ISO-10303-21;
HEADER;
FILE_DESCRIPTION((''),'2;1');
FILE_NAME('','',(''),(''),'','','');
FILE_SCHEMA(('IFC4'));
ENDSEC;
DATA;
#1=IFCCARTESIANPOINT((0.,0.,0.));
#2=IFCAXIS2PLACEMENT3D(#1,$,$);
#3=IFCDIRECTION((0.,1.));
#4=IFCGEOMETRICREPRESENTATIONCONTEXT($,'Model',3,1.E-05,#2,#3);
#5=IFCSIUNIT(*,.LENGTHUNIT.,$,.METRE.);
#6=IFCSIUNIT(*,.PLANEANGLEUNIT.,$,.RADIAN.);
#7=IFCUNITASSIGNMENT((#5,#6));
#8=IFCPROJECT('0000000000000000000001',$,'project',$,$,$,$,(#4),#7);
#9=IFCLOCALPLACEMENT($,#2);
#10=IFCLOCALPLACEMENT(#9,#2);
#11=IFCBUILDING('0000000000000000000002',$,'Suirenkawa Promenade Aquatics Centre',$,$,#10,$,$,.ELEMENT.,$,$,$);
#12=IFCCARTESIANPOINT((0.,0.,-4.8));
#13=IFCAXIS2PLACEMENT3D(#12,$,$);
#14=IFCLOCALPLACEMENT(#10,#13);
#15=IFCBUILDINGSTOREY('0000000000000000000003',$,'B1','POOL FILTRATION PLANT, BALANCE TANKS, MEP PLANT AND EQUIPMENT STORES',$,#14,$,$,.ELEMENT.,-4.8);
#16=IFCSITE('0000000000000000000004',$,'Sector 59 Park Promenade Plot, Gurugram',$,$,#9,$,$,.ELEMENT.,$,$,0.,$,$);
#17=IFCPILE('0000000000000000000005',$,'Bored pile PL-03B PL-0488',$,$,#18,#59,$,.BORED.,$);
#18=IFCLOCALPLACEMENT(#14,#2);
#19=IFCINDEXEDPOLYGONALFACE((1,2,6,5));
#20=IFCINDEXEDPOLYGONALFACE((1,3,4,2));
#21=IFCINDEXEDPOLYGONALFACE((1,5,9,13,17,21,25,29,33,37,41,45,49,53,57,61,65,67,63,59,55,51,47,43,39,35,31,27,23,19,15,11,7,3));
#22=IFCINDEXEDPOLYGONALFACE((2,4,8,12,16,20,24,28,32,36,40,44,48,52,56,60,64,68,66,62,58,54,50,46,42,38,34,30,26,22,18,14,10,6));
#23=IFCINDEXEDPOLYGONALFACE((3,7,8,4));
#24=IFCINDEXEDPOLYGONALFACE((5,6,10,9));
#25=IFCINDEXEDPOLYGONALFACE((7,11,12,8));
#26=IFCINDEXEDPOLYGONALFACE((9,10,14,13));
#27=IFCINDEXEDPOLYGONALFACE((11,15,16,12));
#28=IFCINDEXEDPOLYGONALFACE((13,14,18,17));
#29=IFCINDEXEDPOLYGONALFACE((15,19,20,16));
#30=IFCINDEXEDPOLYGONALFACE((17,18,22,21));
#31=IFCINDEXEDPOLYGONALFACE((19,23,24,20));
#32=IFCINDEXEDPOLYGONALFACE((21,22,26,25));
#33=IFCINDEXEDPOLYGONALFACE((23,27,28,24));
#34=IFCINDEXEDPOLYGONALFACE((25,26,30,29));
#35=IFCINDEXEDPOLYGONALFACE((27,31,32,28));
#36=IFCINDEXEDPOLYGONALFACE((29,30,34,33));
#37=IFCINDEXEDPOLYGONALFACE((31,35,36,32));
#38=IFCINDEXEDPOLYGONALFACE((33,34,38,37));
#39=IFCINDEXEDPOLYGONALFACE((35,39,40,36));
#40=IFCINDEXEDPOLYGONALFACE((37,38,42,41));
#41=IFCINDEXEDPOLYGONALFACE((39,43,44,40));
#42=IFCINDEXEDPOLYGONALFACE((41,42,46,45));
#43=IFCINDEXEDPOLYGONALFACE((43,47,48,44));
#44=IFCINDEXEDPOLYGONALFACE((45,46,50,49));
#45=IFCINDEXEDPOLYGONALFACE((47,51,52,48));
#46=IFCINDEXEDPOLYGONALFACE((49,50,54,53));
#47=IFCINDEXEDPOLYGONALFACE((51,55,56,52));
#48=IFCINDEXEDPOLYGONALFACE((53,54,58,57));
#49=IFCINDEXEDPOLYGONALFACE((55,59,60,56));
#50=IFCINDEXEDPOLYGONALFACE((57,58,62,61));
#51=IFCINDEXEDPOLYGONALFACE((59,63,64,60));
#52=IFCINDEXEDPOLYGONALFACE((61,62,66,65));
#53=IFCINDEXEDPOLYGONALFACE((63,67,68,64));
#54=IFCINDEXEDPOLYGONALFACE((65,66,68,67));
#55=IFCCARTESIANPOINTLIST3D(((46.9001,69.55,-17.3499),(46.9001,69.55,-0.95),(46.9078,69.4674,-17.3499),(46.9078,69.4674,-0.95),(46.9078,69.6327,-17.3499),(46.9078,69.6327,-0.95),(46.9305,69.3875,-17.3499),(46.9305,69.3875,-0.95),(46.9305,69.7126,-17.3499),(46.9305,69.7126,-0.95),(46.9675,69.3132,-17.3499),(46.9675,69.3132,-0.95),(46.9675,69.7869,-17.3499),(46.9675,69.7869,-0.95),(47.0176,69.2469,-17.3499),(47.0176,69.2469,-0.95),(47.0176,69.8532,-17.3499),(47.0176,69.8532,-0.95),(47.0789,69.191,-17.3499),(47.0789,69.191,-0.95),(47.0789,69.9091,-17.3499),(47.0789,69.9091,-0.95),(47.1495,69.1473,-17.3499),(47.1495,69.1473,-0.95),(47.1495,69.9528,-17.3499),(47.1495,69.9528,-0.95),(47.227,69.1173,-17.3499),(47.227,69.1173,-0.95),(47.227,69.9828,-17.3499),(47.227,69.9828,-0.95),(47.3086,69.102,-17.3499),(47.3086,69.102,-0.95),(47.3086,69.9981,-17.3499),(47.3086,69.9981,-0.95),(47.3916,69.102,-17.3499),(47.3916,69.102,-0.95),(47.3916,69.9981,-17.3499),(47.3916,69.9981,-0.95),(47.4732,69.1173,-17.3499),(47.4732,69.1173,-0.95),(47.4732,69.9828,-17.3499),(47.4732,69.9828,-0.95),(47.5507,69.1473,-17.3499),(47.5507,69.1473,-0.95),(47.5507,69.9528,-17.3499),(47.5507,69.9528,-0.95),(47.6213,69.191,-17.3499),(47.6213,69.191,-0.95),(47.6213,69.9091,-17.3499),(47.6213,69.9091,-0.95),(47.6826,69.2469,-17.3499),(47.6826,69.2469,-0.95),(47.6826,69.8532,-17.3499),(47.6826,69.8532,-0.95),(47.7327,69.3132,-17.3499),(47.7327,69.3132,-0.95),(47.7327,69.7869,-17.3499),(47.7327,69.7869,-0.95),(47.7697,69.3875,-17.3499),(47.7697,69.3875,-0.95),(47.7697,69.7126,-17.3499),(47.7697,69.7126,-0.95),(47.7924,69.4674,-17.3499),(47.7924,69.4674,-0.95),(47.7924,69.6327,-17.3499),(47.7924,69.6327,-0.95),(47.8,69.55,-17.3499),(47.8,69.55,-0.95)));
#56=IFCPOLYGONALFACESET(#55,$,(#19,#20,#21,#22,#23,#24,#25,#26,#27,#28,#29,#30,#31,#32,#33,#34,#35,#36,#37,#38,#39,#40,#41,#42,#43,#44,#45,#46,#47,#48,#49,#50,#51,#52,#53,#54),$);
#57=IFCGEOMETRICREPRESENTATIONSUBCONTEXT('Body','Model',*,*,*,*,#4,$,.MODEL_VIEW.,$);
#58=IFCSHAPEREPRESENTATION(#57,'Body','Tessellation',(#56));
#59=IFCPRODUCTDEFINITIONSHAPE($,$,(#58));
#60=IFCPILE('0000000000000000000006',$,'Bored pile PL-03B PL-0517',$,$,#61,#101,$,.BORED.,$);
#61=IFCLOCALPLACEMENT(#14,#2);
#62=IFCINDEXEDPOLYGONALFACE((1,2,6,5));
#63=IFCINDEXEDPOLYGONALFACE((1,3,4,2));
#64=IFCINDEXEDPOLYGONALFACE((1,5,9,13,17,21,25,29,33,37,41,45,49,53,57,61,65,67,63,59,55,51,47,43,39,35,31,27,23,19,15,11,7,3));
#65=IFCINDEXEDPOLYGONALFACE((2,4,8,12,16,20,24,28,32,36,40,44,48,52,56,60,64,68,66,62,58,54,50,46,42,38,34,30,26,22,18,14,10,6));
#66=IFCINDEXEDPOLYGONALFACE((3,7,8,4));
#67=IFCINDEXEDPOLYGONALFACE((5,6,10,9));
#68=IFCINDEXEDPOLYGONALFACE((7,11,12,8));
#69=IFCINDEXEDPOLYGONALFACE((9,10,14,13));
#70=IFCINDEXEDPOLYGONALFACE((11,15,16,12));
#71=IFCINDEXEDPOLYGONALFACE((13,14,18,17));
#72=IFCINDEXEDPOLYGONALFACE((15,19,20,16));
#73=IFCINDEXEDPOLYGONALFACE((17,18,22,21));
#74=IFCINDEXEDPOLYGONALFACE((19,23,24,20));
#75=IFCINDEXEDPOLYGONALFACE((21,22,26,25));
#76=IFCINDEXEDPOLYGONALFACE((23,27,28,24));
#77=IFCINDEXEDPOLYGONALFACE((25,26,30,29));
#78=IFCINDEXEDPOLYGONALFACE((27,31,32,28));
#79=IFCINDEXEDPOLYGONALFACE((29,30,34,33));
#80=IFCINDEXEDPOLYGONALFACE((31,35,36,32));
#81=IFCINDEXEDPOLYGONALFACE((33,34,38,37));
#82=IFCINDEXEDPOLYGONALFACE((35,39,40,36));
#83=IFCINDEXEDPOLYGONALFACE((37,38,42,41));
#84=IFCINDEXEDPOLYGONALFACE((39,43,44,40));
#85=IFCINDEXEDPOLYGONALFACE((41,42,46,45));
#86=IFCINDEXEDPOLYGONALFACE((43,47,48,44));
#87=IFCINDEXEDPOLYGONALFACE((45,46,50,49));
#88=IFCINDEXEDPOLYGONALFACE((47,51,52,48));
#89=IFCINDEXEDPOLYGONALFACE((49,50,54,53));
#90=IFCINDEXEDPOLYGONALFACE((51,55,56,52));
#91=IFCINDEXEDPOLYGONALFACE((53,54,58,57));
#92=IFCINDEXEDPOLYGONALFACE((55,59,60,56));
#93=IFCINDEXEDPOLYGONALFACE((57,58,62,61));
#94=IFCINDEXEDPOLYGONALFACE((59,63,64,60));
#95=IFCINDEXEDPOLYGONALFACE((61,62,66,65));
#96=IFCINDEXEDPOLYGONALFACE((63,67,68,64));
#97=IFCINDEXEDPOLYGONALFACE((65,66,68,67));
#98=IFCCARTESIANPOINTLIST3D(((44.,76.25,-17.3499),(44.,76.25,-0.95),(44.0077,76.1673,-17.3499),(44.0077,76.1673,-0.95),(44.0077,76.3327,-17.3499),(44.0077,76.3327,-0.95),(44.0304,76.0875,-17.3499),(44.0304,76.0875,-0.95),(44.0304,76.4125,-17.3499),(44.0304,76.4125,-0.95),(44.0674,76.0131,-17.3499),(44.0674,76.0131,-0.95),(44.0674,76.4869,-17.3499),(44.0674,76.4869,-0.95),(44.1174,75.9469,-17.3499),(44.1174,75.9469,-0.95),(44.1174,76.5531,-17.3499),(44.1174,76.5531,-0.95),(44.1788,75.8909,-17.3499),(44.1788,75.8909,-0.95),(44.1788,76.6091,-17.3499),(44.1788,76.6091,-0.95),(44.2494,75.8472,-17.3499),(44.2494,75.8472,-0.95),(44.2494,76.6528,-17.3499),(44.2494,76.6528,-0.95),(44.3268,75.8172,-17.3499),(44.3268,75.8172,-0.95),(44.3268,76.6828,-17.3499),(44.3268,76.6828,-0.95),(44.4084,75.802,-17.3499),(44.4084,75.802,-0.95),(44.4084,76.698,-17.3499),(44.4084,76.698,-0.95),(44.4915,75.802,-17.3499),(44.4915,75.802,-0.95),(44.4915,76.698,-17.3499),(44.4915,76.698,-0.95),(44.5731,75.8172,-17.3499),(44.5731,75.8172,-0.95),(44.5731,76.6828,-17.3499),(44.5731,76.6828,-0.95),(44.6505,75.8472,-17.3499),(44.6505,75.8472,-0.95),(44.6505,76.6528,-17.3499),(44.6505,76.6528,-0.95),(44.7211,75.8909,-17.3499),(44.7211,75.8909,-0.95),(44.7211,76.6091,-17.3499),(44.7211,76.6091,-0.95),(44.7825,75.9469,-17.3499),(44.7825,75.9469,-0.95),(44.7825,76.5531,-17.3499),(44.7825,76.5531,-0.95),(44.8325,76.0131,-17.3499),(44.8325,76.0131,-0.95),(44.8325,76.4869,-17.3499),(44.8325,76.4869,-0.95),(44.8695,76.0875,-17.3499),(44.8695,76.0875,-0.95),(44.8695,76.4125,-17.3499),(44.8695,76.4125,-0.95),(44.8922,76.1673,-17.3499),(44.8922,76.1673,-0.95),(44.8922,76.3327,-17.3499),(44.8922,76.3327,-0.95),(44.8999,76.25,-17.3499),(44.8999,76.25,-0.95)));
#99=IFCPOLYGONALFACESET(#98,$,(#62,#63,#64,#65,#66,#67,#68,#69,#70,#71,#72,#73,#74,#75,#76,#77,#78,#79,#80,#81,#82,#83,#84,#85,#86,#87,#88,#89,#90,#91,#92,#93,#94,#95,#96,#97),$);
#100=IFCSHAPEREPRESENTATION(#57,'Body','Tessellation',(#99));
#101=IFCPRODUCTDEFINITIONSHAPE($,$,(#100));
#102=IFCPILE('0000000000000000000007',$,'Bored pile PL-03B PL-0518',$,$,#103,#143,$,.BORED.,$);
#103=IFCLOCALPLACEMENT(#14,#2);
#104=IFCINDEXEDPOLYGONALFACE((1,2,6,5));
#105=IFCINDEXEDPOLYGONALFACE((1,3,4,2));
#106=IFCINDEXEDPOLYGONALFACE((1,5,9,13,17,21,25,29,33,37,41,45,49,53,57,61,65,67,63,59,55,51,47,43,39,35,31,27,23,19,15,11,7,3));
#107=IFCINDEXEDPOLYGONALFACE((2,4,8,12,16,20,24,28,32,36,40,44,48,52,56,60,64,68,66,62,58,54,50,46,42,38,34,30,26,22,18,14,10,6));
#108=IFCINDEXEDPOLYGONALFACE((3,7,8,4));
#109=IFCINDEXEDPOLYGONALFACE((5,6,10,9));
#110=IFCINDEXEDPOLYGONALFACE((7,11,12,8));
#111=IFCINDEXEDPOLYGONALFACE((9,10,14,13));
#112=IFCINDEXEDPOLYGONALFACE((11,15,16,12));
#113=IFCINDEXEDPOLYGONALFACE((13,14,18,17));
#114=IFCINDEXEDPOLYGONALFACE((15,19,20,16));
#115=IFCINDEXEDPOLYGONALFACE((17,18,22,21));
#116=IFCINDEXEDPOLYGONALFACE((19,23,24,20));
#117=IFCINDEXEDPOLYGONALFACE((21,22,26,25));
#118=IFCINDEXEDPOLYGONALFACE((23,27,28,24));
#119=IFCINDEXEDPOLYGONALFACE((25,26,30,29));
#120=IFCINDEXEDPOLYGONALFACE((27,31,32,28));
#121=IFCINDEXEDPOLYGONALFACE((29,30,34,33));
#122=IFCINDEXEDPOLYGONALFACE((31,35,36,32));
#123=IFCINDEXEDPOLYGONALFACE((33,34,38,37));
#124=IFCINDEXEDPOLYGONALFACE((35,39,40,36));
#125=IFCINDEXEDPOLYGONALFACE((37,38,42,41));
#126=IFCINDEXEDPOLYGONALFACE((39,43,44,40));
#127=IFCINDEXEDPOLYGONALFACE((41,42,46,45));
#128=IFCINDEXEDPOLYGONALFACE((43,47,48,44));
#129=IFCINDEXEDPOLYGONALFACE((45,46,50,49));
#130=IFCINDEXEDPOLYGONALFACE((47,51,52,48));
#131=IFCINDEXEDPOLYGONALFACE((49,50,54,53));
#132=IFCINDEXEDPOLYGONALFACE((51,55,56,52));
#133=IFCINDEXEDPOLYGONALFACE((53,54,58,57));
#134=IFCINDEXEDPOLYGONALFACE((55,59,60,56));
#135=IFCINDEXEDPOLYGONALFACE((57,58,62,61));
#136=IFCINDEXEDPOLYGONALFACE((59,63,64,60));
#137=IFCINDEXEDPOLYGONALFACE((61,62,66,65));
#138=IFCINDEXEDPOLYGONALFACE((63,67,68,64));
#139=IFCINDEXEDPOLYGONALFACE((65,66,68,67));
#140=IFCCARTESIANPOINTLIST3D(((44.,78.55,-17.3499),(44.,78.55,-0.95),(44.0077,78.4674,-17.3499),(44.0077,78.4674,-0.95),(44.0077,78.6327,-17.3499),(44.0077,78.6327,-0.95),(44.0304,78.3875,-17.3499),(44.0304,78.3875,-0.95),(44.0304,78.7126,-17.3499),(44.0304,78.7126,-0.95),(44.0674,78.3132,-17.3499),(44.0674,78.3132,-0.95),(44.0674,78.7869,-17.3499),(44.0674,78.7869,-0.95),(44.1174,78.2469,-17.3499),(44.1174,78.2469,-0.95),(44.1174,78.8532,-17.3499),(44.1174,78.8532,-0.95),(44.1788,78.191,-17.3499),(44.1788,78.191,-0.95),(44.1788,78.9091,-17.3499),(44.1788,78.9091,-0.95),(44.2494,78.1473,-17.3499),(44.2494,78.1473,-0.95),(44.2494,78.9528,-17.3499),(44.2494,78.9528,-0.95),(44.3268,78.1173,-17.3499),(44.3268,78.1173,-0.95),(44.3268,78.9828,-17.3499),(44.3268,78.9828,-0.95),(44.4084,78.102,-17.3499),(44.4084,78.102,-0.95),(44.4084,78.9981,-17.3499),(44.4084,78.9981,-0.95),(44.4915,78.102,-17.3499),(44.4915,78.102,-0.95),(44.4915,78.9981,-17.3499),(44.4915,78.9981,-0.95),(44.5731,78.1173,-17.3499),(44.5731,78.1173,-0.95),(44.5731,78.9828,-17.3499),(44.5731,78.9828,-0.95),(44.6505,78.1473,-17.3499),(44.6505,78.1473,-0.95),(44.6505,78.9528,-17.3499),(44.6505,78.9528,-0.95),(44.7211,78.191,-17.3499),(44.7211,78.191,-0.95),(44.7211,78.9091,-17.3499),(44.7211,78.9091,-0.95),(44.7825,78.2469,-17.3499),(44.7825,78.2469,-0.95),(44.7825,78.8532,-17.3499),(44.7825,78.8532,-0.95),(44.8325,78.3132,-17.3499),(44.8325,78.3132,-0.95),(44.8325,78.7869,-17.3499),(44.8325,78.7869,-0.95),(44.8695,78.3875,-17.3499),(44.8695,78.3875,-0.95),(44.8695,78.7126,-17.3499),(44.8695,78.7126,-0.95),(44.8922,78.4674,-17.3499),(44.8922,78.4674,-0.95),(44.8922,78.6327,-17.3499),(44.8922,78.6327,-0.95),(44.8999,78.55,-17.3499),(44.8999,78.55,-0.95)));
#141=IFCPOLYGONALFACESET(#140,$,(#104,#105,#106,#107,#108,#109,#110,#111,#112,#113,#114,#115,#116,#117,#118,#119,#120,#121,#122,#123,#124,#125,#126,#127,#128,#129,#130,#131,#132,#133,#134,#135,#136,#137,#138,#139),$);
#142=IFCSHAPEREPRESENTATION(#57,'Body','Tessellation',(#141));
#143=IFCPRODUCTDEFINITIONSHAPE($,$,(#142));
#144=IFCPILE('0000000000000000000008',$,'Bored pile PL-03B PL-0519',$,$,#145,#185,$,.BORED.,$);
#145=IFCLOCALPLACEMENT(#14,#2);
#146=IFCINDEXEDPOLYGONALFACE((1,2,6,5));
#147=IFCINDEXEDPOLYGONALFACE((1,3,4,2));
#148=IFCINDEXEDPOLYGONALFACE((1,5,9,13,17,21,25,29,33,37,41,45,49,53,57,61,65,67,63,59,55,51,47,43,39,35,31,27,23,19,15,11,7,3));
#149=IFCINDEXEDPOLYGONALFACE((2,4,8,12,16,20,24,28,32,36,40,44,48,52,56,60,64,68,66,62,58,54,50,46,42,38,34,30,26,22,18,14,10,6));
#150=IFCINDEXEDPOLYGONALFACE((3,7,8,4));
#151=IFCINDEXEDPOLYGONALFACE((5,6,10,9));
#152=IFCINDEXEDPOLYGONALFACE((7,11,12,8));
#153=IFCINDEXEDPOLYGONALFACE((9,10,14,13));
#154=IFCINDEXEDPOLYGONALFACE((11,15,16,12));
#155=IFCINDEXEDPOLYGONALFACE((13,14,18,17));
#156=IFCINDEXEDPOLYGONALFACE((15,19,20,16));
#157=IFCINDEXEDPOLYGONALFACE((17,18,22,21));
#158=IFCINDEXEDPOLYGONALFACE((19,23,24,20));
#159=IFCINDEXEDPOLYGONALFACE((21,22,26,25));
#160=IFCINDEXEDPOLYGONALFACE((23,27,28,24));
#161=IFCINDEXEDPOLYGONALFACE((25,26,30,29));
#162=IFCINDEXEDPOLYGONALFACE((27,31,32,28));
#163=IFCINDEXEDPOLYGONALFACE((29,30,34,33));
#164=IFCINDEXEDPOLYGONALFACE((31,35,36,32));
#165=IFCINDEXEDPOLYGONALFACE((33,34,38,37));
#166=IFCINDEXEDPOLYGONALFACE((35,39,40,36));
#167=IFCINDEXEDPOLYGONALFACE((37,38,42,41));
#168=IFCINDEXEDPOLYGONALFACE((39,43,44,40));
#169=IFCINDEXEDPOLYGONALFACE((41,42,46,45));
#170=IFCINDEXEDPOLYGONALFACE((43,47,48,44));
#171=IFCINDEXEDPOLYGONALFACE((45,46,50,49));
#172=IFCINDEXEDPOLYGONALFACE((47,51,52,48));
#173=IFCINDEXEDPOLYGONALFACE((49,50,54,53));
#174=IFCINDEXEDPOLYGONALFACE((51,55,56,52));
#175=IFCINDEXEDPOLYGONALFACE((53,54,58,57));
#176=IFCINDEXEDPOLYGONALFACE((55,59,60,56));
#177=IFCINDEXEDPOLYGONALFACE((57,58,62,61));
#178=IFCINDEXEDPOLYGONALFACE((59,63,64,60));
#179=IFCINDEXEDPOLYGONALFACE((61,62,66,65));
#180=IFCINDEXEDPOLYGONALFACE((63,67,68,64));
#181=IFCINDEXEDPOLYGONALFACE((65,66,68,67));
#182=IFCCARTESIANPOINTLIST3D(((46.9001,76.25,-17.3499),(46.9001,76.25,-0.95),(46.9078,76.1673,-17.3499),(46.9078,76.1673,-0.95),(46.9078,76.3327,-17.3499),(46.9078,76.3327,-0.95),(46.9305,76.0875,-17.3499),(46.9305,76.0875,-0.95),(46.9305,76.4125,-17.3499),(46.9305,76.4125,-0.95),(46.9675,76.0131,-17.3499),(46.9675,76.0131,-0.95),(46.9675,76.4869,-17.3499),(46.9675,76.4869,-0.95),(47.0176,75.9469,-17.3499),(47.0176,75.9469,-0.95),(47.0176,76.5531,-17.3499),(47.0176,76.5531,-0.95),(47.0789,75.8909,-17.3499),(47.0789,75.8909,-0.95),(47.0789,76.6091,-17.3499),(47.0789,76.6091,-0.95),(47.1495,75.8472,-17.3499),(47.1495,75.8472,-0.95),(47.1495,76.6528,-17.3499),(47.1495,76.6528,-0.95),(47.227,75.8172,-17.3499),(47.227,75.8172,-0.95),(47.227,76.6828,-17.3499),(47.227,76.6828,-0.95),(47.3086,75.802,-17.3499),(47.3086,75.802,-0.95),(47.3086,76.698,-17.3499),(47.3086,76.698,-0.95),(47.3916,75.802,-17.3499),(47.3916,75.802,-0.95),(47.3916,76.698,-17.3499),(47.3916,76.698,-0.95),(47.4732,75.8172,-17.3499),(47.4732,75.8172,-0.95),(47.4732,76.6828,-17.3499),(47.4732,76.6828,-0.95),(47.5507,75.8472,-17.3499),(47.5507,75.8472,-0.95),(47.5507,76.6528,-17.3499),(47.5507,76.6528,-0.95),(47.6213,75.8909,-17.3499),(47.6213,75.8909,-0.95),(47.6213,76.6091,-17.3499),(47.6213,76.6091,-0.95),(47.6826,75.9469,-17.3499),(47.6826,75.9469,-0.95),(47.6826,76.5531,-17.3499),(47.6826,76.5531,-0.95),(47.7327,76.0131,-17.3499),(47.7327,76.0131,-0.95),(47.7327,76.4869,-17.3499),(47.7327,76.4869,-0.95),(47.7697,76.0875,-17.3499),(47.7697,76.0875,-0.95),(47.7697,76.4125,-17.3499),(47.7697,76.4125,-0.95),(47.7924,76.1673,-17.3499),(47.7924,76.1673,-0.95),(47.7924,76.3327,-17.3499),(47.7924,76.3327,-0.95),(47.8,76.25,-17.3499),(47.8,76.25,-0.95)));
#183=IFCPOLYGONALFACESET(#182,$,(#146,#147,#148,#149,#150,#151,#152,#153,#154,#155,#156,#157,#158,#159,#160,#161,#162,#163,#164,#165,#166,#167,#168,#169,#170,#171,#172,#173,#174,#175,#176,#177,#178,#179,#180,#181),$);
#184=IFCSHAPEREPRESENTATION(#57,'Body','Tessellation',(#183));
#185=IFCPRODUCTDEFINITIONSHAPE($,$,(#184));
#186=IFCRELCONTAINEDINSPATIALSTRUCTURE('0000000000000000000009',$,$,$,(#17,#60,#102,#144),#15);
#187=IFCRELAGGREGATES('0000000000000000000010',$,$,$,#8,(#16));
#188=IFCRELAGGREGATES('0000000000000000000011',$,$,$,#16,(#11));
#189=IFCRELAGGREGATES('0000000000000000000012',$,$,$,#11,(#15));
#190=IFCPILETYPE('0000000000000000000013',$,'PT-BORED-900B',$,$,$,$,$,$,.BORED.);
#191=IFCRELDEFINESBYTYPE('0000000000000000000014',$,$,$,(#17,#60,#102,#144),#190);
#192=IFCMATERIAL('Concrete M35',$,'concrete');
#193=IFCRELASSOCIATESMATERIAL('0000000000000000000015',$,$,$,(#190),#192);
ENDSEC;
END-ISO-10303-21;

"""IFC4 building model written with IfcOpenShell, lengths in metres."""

from ifc_helpers import new_model, si_unit, direction, frame, origin, origin_2d, place, context, subcontext, project, spatial, circle, extrude, material, material_profile, profile_set, type_object, element, save


model = new_model("IFC4")

# Units and contexts
model_context = context("Model", 3, precision=1e-05, world=origin(), true_north=direction((0.0, 1.0)))
body_context = subcontext(model_context, "Body", "Model", "MODEL_VIEW")
ifc_project = project(units=[si_unit("LENGTHUNIT", "METRE"), si_unit("PLANEANGLEUNIT", "RADIAN")], contexts=[model_context])

# Site, building, storey
site_placement = place(None, origin())
site = spatial("IfcSite", under=ifc_project, at=site_placement, Name="Sector 59 Park Promenade Plot, Gurugram", CompositionType="ELEMENT", RefElevation=0.0)
building_placement = place(site_placement, origin())
building = spatial("IfcBuilding", under=site, at=building_placement, Name="Suirenkawa Promenade Aquatics Centre", CompositionType="ELEMENT")
storey_placement = place(building_placement, frame((0.0, 0.0, -4.8)))
storey = spatial("IfcBuildingStorey", under=building, at=storey_placement, Name="B1", Description="POOL FILTRATION PLANT, BALANCE TANKS, MEP PLANT AND EQUIPMENT STORES", CompositionType="ELEMENT", Elevation=-4.8)

# Shared definitions
ifc_material_1 = material(Name="Concrete M35", Category="concrete")

# Piles
ifc_material_profile_1 = material_profile(ifc_material_1, circle(Radius=0.45, at=origin_2d()), Name="PILE D900", Category="concrete")
ifc_profile_set_1 = profile_set([ifc_material_profile_1], Name="Concrete M35")
pile_type_1 = type_object("IfcPileType", Name="PT-BORED-900B", PredefinedType="BORED", material=ifc_profile_set_1)
for number, where, z_axis, x_axis, name in (
    (1, (47.3501, 69.55, -0.95), (0.0, 0.0, -1.0), (1.0, 0.0, 0.0), "Bored pile PL-03B PL-0488"),
    (2, (44.45, 76.25, -0.95), (0.0, 0.0, -1.0), (1.0, 0.0, 0.0), "Bored pile PL-03B PL-0517"),
    (3, (44.45, 78.55, -0.95), (0.0, 0.0, -1.0), (1.0, 0.0, 0.0), "Bored pile PL-03B PL-0518"),
    (4, (47.3501, 76.25, -0.95), (0.0, 0.0, -1.0), (1.0, 0.0, 0.0), "Bored pile PL-03B PL-0519"),
):
    element("IfcPile", number, at=place(storey_placement, frame(where, z_axis=z_axis, x_axis=x_axis)), inside=storey, type_object=pile_type_1, Name=name, PredefinedType="BORED", context=body_context, shape_type="SweptSolid", body=[
        extrude(circle(Radius=0.45, at=origin_2d()), origin(), (0.0, 0.0, 1.0), 16.3999),
    ])

save(model, "model.ifc")
